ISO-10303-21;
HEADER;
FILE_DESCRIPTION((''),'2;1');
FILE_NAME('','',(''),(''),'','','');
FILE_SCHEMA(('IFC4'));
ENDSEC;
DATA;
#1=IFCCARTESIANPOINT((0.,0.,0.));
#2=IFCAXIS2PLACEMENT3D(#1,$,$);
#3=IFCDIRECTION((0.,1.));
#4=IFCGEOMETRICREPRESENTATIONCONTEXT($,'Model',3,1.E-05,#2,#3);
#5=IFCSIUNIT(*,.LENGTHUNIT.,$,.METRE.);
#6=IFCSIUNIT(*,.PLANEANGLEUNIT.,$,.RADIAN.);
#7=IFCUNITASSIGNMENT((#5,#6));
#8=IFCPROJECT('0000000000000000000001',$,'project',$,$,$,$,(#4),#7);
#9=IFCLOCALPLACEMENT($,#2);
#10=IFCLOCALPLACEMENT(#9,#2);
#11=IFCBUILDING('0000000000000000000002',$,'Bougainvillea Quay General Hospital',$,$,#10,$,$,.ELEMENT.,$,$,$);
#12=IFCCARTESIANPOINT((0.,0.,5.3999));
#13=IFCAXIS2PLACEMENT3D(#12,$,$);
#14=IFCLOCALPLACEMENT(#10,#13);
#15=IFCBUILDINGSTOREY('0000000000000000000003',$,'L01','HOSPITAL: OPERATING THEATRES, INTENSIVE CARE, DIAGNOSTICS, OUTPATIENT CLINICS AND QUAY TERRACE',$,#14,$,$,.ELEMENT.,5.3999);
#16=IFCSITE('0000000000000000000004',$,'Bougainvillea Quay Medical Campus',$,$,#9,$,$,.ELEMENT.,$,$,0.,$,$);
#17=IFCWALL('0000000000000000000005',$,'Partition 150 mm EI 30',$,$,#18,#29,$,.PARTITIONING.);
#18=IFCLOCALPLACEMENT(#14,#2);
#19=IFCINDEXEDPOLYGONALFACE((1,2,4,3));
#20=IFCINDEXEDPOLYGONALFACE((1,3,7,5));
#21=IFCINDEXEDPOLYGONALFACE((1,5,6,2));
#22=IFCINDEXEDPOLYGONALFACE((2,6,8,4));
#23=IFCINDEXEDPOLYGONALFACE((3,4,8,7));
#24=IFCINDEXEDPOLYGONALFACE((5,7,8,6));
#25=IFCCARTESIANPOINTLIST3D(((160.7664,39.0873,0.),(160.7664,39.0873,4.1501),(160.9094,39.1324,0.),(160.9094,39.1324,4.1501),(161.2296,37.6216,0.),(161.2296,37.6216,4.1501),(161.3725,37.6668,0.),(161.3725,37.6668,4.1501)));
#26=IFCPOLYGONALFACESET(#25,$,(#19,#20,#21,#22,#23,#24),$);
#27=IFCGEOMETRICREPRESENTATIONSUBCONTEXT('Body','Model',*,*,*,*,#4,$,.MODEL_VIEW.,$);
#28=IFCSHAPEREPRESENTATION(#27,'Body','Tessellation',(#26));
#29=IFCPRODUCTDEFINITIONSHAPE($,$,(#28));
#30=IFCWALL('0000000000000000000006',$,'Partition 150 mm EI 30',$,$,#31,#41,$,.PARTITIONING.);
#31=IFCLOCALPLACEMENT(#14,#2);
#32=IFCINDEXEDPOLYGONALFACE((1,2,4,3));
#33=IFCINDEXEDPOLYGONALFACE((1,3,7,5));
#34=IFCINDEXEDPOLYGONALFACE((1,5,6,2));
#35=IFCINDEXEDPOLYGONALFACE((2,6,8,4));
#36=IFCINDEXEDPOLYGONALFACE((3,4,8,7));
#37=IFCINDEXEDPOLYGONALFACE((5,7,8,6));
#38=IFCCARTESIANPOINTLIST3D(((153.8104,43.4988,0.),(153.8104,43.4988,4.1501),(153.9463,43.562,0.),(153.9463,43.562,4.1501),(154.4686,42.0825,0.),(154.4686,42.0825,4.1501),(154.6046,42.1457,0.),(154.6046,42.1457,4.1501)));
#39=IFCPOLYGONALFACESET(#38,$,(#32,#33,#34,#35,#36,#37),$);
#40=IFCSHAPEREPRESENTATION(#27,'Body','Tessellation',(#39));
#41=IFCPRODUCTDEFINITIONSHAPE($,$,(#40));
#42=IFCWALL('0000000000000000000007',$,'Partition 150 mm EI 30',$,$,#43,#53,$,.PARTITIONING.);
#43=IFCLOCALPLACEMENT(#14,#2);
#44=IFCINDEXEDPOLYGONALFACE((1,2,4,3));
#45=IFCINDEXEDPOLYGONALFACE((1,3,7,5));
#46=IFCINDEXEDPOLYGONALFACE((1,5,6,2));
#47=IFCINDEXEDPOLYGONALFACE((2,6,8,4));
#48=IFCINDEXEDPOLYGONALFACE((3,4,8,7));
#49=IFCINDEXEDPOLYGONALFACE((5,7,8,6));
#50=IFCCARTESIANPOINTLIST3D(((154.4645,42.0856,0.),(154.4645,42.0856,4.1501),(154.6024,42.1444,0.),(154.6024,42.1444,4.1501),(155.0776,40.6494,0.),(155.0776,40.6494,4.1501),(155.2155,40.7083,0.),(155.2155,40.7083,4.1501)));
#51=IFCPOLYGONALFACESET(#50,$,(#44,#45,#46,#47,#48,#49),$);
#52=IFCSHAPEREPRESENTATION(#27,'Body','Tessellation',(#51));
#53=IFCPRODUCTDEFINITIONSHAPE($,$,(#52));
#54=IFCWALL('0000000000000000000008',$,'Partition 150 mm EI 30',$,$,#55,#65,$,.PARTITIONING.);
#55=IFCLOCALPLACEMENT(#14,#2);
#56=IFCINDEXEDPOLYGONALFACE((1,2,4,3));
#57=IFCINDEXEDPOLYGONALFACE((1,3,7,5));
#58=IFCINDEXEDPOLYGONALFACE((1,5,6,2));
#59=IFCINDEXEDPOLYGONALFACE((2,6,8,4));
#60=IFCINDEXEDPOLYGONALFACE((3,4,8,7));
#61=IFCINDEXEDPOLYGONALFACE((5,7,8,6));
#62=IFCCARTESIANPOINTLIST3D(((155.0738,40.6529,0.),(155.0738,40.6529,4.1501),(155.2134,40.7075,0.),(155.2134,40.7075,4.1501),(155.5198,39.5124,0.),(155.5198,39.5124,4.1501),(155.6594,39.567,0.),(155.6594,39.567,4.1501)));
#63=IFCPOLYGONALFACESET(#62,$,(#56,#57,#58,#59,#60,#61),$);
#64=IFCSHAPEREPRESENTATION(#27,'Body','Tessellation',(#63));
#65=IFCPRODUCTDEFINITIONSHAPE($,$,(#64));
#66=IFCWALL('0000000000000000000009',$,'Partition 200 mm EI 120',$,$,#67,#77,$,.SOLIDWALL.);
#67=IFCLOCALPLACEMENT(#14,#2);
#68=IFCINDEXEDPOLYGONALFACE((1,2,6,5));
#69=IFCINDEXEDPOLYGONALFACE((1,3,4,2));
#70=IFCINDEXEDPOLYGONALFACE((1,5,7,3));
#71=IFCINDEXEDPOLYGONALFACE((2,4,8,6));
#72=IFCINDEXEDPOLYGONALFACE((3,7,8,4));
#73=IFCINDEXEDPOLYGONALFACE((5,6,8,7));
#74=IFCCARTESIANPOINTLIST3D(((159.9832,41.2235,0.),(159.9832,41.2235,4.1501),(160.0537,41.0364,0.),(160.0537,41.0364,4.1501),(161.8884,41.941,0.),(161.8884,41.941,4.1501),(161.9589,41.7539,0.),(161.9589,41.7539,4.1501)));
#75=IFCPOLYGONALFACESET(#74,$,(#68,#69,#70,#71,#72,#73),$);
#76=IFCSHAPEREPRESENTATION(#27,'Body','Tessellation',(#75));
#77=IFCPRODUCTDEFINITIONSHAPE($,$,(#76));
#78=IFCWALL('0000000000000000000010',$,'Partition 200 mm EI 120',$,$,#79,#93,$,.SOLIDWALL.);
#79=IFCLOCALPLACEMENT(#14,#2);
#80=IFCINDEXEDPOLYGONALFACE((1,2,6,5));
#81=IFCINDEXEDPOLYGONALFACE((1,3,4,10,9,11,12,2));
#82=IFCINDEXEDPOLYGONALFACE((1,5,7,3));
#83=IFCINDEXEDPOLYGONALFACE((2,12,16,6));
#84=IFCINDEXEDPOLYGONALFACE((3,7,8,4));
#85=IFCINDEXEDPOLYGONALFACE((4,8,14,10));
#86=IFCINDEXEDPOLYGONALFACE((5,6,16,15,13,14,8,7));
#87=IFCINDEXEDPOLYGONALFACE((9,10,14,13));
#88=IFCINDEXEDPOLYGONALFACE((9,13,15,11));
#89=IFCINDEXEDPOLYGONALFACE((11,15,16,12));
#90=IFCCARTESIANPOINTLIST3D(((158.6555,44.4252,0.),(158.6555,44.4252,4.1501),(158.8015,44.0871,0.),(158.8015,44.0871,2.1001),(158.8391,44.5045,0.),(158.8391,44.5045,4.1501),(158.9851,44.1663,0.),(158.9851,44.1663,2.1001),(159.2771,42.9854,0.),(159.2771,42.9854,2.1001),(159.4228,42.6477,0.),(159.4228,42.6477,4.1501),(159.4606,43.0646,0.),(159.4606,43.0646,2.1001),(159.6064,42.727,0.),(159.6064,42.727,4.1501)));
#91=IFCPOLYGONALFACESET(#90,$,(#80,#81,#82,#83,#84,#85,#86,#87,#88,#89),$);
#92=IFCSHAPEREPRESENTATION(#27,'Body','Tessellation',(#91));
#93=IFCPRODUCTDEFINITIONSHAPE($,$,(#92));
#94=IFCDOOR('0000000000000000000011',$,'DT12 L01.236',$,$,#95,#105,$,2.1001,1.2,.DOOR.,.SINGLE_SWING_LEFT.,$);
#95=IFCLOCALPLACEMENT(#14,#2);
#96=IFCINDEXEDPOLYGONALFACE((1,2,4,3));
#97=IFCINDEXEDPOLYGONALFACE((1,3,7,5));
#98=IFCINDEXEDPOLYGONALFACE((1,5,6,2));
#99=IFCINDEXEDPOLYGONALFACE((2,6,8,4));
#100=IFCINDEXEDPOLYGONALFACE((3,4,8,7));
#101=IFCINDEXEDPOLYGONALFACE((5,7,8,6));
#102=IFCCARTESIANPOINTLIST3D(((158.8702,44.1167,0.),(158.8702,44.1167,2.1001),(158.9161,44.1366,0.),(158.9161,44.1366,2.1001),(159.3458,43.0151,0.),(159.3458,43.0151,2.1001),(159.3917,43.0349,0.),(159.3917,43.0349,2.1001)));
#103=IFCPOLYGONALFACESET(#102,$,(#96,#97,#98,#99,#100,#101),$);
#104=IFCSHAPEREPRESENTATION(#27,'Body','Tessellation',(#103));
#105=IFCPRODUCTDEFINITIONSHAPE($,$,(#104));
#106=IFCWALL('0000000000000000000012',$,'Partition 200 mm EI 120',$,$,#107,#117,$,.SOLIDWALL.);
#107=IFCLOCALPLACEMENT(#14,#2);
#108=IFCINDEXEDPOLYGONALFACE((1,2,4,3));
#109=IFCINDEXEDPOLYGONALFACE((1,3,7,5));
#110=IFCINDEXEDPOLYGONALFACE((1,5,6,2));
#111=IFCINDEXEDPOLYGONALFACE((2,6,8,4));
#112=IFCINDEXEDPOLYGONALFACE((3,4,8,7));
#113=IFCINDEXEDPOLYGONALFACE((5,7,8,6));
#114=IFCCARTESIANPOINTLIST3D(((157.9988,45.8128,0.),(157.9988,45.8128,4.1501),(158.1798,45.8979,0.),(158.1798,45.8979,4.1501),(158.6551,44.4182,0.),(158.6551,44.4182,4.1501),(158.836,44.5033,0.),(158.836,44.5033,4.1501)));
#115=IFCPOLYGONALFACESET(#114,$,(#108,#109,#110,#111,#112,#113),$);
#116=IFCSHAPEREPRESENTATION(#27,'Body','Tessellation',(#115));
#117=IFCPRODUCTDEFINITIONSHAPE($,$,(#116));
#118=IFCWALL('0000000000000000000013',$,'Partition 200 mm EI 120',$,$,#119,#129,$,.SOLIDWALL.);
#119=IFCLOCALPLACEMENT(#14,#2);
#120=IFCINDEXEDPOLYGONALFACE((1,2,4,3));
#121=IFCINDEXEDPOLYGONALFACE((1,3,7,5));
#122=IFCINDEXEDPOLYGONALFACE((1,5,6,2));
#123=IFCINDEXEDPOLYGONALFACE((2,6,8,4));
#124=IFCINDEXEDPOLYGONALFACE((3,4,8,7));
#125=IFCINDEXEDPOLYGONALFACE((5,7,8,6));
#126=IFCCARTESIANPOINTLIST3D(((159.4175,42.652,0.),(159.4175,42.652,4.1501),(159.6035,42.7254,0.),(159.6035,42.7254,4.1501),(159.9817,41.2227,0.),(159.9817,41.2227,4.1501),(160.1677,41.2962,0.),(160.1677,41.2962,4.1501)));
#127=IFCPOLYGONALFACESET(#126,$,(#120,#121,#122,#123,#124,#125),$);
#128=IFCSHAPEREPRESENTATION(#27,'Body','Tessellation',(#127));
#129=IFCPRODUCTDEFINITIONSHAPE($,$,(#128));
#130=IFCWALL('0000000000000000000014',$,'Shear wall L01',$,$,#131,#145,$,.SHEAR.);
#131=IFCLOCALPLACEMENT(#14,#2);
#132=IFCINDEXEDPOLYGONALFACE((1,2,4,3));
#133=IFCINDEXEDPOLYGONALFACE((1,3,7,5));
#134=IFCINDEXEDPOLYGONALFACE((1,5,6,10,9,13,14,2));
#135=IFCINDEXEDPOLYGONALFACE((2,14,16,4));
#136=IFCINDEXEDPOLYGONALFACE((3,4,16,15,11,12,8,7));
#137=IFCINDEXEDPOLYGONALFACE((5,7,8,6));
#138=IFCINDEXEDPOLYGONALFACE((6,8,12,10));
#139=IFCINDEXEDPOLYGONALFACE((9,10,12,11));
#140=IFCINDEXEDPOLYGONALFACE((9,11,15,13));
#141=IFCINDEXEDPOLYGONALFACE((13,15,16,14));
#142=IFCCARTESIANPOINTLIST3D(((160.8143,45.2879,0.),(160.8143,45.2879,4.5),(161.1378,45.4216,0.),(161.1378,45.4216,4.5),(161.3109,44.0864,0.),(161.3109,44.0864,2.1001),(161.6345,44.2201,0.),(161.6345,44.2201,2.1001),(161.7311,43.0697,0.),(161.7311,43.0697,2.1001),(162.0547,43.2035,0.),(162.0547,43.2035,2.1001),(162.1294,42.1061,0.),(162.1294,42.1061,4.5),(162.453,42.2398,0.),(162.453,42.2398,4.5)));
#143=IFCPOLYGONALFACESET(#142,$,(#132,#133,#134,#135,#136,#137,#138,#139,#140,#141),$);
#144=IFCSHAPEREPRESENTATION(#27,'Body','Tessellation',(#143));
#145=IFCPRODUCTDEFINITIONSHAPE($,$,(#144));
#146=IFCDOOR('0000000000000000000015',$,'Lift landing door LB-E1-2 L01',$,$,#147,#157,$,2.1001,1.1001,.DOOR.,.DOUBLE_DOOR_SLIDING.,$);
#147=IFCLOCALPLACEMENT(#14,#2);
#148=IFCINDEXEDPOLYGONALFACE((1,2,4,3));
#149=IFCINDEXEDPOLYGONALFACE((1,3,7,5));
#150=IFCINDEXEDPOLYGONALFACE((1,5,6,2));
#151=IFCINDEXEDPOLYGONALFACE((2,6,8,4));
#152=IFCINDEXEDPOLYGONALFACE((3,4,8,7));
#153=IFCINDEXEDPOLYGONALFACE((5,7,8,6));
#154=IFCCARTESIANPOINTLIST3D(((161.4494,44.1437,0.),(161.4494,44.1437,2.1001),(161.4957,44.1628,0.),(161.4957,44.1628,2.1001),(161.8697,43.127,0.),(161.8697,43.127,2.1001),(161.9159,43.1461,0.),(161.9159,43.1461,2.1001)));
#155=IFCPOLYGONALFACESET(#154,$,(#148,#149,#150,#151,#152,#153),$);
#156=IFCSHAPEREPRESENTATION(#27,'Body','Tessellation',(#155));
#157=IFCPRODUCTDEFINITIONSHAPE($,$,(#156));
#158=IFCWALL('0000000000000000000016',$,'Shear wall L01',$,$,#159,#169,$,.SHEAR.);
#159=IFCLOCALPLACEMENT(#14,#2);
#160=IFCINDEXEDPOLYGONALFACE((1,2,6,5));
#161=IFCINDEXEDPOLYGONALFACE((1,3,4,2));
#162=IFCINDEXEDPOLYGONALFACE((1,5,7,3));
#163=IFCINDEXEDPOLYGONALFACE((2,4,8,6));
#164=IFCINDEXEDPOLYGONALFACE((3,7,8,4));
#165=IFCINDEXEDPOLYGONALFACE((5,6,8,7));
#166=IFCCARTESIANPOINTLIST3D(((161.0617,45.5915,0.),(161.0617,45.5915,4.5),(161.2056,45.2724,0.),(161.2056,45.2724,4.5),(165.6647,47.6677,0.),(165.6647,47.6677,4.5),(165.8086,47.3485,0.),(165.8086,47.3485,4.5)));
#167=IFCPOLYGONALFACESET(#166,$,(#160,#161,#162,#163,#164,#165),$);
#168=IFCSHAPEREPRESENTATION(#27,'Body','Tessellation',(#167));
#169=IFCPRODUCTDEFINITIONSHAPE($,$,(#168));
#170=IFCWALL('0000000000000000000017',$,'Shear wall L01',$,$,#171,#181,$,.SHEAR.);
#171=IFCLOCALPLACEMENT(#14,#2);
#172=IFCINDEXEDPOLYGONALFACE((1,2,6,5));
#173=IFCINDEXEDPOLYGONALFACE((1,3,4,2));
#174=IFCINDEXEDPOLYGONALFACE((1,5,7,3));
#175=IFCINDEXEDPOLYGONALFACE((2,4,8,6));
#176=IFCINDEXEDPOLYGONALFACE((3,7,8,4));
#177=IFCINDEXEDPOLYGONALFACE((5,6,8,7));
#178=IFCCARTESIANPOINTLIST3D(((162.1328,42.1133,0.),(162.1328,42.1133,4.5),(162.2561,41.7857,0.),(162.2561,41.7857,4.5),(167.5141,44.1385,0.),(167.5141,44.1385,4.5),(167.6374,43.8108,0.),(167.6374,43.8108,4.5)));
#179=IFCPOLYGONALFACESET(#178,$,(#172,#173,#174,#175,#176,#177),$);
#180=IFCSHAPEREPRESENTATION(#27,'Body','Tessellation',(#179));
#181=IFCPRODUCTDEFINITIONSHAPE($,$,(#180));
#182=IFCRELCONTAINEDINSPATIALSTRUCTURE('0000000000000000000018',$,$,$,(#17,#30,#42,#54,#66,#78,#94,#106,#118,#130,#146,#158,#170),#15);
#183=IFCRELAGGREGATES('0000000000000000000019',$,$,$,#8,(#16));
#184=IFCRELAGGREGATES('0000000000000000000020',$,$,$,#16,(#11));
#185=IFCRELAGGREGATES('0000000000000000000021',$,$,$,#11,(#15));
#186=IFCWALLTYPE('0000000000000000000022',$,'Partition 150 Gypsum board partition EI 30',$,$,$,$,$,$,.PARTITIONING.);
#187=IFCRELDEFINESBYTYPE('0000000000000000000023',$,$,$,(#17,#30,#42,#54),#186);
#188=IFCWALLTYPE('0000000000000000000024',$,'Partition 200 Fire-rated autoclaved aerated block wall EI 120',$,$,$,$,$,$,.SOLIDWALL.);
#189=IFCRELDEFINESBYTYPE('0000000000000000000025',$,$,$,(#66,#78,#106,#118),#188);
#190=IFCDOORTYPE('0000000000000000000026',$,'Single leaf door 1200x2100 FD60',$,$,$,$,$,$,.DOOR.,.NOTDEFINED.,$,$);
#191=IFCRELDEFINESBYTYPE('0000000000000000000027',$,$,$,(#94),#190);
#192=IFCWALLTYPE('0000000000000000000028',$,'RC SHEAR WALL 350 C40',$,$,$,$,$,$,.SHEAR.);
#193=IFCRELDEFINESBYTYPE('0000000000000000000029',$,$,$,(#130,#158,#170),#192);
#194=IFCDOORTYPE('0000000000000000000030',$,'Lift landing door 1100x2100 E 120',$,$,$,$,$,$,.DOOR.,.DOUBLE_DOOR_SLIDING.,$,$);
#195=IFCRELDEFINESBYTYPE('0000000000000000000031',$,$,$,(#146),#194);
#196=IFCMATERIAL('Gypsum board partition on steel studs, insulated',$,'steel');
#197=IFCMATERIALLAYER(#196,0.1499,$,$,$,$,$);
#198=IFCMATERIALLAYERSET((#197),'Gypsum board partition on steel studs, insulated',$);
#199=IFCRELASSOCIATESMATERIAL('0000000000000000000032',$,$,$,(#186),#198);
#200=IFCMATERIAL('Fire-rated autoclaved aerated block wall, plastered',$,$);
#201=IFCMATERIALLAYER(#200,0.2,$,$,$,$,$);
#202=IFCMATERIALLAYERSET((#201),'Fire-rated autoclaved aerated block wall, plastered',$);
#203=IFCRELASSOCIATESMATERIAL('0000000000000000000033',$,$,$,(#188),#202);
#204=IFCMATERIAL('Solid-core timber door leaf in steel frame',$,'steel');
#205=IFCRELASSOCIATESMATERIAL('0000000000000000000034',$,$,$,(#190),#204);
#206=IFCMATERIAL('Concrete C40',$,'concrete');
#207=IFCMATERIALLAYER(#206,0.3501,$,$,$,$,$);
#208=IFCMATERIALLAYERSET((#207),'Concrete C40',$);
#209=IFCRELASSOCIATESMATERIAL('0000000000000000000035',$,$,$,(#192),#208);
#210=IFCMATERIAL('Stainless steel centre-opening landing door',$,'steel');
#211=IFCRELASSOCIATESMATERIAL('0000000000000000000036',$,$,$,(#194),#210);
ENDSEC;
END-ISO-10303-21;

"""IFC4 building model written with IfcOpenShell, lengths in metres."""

from ifc_helpers import new_model, si_unit, direction, frame, frame_2d, origin, place, context, subcontext, project, spatial, rectangle, extrude, material, layer, layer_set, type_object, element, fill, save


model = new_model("IFC4")

# Units and contexts
model_context = context("Model", 3, precision=1e-05, world=origin(), true_north=direction((0.0, 1.0)))
body_context = subcontext(model_context, "Body", "Model", "MODEL_VIEW")
ifc_project = project(units=[si_unit("LENGTHUNIT", "METRE"), si_unit("PLANEANGLEUNIT", "RADIAN")], contexts=[model_context])

# Site, building, storey
site_placement = place(None, origin())
site = spatial("IfcSite", under=ifc_project, at=site_placement, Name="Bougainvillea Quay Medical Campus", CompositionType="ELEMENT", RefElevation=0.0)
building_placement = place(site_placement, origin())
building = spatial("IfcBuilding", under=site, at=building_placement, Name="Bougainvillea Quay General Hospital", CompositionType="ELEMENT")
storey_placement = place(building_placement, frame((0.0, 0.0, 5.3999)))
storey = spatial("IfcBuildingStorey", under=building, at=storey_placement, Name="L01", Description="HOSPITAL: OPERATING THEATRES, INTENSIVE CARE, DIAGNOSTICS, OUTPATIENT CLINICS AND QUAY TERRACE", CompositionType="ELEMENT", Elevation=5.3999)

# Shared definitions
ifc_material_1 = material(Name="Gypsum board partition on steel studs, insulated", Category="steel")
ifc_layer_1 = layer(ifc_material_1, 0.1499)
ifc_layer_set_1 = layer_set([ifc_layer_1], Name="Gypsum board partition on steel studs, insulated")
wall_type_1 = type_object("IfcWallType", Name="Partition 150 Gypsum board partition EI 30", PredefinedType="PARTITIONING", material=ifc_layer_set_1)

# Shared definitions
ifc_material_2 = material(Name="Solid-core timber door leaf in steel frame", Category="steel")

# Walls
wall_1_placement = place(storey_placement, frame((160.8379, 39.1099, 0.0), z_axis=(0.0, 0.0, 1.0), x_axis=(0.301321, -0.953523, 0.0)))
element("IfcWall", 1, at=wall_1_placement, inside=storey, type_object=wall_type_1, Name="Partition 150 mm EI 30", PredefinedType="PARTITIONING", context=body_context, shape_type="SweptSolid", body=[
    extrude(rectangle(XDim=1.5371, YDim=0.1499, at=frame_2d((0.7686, 0.0))), origin(), (0.0, 0.0, 1.0), 4.1501),
])
wall_2_placement = place(storey_placement, frame((153.8784, 43.5303, 0.0), z_axis=(0.0, 0.0, 1.0), x_axis=(0.421456, -0.906849, 0.0)))
element("IfcWall", 2, at=wall_2_placement, inside=storey, type_object=wall_type_1, Name="Partition 150 mm EI 30", PredefinedType="PARTITIONING", context=body_context, shape_type="SweptSolid", body=[
    extrude(rectangle(XDim=1.5618, YDim=0.1499, at=frame_2d((0.7808, 0.0))), origin(), (0.0, 0.0, 1.0), 4.1501),
])
wall_3_placement = place(storey_placement, frame((154.5334, 42.115, 0.0), z_axis=(0.0, 0.0, 1.0), x_axis=(0.392617, -0.919702, 0.0)))
element("IfcWall", 3, at=wall_3_placement, inside=storey, type_object=wall_type_1, Name="Partition 150 mm EI 30", PredefinedType="PARTITIONING", context=body_context, shape_type="SweptSolid", body=[
    extrude(rectangle(XDim=1.5615, YDim=0.1499, at=frame_2d((0.7808, 0.0))), origin(), (0.0, 0.0, 1.0), 4.1501),
])
wall_4_placement = place(storey_placement, frame((155.1436, 40.6802, 0.0), z_axis=(0.0, 0.0, 1.0), x_axis=(0.364264, -0.931296, 0.0)))
element("IfcWall", 4, at=wall_4_placement, inside=storey, type_object=wall_type_1, Name="Partition 150 mm EI 30", PredefinedType="PARTITIONING", context=body_context, shape_type="SweptSolid", body=[
    extrude(rectangle(XDim=1.2246, YDim=0.1499, at=frame_2d((0.6123, 0.0))), origin(), (0.0, 0.0, 1.0), 4.1501),
])
ifc_material_3 = material(Name="Fire-rated autoclaved aerated block wall, plastered")
ifc_layer_2 = layer(ifc_material_3, 0.2)
ifc_layer_set_2 = layer_set([ifc_layer_2], Name="Fire-rated autoclaved aerated block wall, plastered")
wall_type_2 = type_object("IfcWallType", Name="Partition 200 Fire-rated autoclaved aerated block wall EI 120", PredefinedType="SOLIDWALL", material=ifc_layer_set_2)
wall_5_placement = place(storey_placement, frame((160.0183, 41.1299, 0.0), z_axis=(0.0, 0.0, 1.0), x_axis=(0.935835, 0.352437, 0.0)))
element("IfcWall", 5, at=wall_5_placement, inside=storey, type_object=wall_type_2, Name="Partition 200 mm EI 120", PredefinedType="SOLIDWALL", context=body_context, shape_type="SweptSolid", body=[
    extrude(rectangle(XDim=2.0359, YDim=0.2, at=frame_2d((1.0181, 0.0))), origin(), (0.0, 0.0, 1.0), 4.1501),
])

# Wall, opening, door
wall_6_placement = place(storey_placement, frame((158.7473, 44.4648, 0.0), z_axis=(0.0, 0.0, 1.0), x_axis=(0.396322, -0.918111, 0.0)))
wall_6 = element("IfcWall", 6, at=wall_6_placement, inside=storey, type_object=wall_type_2, Name="Partition 200 mm EI 120", PredefinedType="SOLIDWALL", context=body_context, shape_type="SweptSolid", body=[
    extrude(rectangle(XDim=1.936, YDim=0.2, at=frame_2d((0.968, 0.0))), origin(), (0.0, 0.0, 1.0), 4.1501),
])
opening_1_placement = place(wall_6_placement, frame((0.3682, 0.0, 0.0)))
opening_1 = element("IfcOpeningElement", 7, at=opening_1_placement, cuts=wall_6, PredefinedType="OPENING", context=body_context, shape_type="SweptSolid", body=[
    extrude(rectangle(XDim=1.2, YDim=2.1001, at=frame_2d((0.6001, 1.05))), frame((0.0, 0.1099, 0.0), z_axis=(0.0, -1.0, 0.0), x_axis=(1.0, 0.0, 0.0)), (0.0, 0.0, 1.0), 0.22),
])
door_type_1 = type_object("IfcDoorType", Name="Single leaf door 1200x2100 FD60", OperationType="NOTDEFINED", PredefinedType="DOOR", material=ifc_material_2)
door_1_placement = place(opening_1_placement, origin())
door_1 = element("IfcDoor", 8, at=door_1_placement, inside=storey, type_object=door_type_1, Name="DT12 L01.236", OperationType="SINGLE_SWING_LEFT", OverallHeight=2.1001, OverallWidth=1.2, PredefinedType="DOOR", context=body_context, shape_type="SweptSolid", body=[
    extrude(rectangle(XDim=1.2, YDim=2.1001, at=frame_2d((0.6001, 1.05))), frame((0.0, 0.0249, 0.0), z_axis=(0.0, -1.0, 0.0), x_axis=(1.0, 0.0, 0.0)), (0.0, 0.0, 1.0), 0.05),
])
fill(opening_1, door_1)

# Walls
wall_7_placement = place(storey_placement, frame((158.0894, 45.8552, 0.0), z_axis=(0.0, 0.0, 1.0), x_axis=(0.425797, -0.904819, 0.0)))
element("IfcWall", 9, at=wall_7_placement, inside=storey, type_object=wall_type_2, Name="Partition 200 mm EI 120", PredefinedType="SOLIDWALL", context=body_context, shape_type="SweptSolid", body=[
    extrude(rectangle(XDim=1.5413, YDim=0.2, at=frame_2d((0.7705, 0.0))), origin(), (0.0, 0.0, 1.0), 4.1501),
])
wall_8_placement = place(storey_placement, frame((159.5105, 42.6887, 0.0), z_axis=(0.0, 0.0, 1.0), x_axis=(0.367195, -0.930144, 0.0)))
element("IfcWall", 10, at=wall_8_placement, inside=storey, type_object=wall_type_2, Name="Partition 200 mm EI 120", PredefinedType="SOLIDWALL", context=body_context, shape_type="SweptSolid", body=[
    extrude(rectangle(XDim=1.5366, YDim=0.2, at=frame_2d((0.7683, 0.0))), origin(), (0.0, 0.0, 1.0), 4.1501),
])

# Wall, opening, door
ifc_material_4 = material(Name="Concrete C40", Category="concrete")
ifc_layer_3 = layer(ifc_material_4, 0.3501)
ifc_layer_set_3 = layer_set([ifc_layer_3], Name="Concrete C40")
wall_type_3 = type_object("IfcWallType", Name="RC SHEAR WALL 350 C40", PredefinedType="SHEAR", material=ifc_layer_set_3)
wall_9_placement = place(storey_placement, frame((160.9761, 45.3547, 0.0), z_axis=(0.0, 0.0, 1.0), x_axis=(0.381991, -0.924166, 0.0)))
wall_9 = element("IfcWall", 11, at=wall_9_placement, inside=storey, type_object=wall_type_3, Name="Shear wall L01", PredefinedType="SHEAR", context=body_context, shape_type="SweptSolid", body=[
    extrude(rectangle(XDim=3.4429, YDim=0.3501, at=frame_2d((1.7214, 0.0))), origin(), (0.0, 0.0, 1.0), 4.5),
])
opening_2_placement = place(wall_9_placement, frame((1.3, 0.0, 0.0)))
opening_2 = element("IfcOpeningElement", 12, at=opening_2_placement, cuts=wall_9, PredefinedType="OPENING", context=body_context, shape_type="SweptSolid", body=[
    extrude(rectangle(XDim=1.1001, YDim=2.1001, at=frame_2d((0.55, 1.05))), frame((0.0, 0.1851, 0.0), z_axis=(0.0, -1.0, 0.0), x_axis=(1.0, 0.0, 0.0)), (0.0, 0.0, 1.0), 0.3701),
])
ifc_material_5 = material(Name="Stainless steel centre-opening landing door", Category="steel")
door_type_2 = type_object("IfcDoorType", Name="Lift landing door 1100x2100 E 120", OperationType="DOUBLE_DOOR_SLIDING", PredefinedType="DOOR", material=ifc_material_5)
door_2_placement = place(opening_2_placement, origin())
door_2 = element("IfcDoor", 13, at=door_2_placement, inside=storey, type_object=door_type_2, Name="Lift landing door LB-E1-2 L01", OperationType="DOUBLE_DOOR_SLIDING", OverallHeight=2.1001, OverallWidth=1.1001, PredefinedType="DOOR", context=body_context, shape_type="SweptSolid", body=[
    extrude(rectangle(XDim=1.1001, YDim=2.1001, at=frame_2d((0.55, 1.05))), frame((0.0, 0.0249, 0.0), z_axis=(0.0, -1.0, 0.0), x_axis=(1.0, 0.0, 0.0)), (0.0, 0.0, 1.0), 0.05),
])
fill(opening_2, door_2)

# Walls
wall_10_placement = place(storey_placement, frame((161.1335, 45.4319, 0.0), z_axis=(0.0, 0.0, 1.0), x_axis=(0.911565, 0.411157, 0.0)))
element("IfcWall", 14, at=wall_10_placement, inside=storey, type_object=wall_type_3, Name="Shear wall L01", PredefinedType="SHEAR", context=body_context, shape_type="SweptSolid", body=[
    extrude(rectangle(XDim=5.0496, YDim=0.3501, at=frame_2d((2.5249, 0.0))), origin(), (0.0, 0.0, 1.0), 4.5),
])
wall_11_placement = place(storey_placement, frame((162.1943, 41.9495, 0.0), z_axis=(0.0, 0.0, 1.0), x_axis=(0.93592, 0.352212, 0.0)))
element("IfcWall", 15, at=wall_11_placement, inside=storey, type_object=wall_type_3, Name="Shear wall L01", PredefinedType="SHEAR", context=body_context, shape_type="SweptSolid", body=[
    extrude(rectangle(XDim=5.7498, YDim=0.3501, at=frame_2d((2.875, 0.0))), origin(), (0.0, 0.0, 1.0), 4.5),
])

save(model, "model.ifc")
